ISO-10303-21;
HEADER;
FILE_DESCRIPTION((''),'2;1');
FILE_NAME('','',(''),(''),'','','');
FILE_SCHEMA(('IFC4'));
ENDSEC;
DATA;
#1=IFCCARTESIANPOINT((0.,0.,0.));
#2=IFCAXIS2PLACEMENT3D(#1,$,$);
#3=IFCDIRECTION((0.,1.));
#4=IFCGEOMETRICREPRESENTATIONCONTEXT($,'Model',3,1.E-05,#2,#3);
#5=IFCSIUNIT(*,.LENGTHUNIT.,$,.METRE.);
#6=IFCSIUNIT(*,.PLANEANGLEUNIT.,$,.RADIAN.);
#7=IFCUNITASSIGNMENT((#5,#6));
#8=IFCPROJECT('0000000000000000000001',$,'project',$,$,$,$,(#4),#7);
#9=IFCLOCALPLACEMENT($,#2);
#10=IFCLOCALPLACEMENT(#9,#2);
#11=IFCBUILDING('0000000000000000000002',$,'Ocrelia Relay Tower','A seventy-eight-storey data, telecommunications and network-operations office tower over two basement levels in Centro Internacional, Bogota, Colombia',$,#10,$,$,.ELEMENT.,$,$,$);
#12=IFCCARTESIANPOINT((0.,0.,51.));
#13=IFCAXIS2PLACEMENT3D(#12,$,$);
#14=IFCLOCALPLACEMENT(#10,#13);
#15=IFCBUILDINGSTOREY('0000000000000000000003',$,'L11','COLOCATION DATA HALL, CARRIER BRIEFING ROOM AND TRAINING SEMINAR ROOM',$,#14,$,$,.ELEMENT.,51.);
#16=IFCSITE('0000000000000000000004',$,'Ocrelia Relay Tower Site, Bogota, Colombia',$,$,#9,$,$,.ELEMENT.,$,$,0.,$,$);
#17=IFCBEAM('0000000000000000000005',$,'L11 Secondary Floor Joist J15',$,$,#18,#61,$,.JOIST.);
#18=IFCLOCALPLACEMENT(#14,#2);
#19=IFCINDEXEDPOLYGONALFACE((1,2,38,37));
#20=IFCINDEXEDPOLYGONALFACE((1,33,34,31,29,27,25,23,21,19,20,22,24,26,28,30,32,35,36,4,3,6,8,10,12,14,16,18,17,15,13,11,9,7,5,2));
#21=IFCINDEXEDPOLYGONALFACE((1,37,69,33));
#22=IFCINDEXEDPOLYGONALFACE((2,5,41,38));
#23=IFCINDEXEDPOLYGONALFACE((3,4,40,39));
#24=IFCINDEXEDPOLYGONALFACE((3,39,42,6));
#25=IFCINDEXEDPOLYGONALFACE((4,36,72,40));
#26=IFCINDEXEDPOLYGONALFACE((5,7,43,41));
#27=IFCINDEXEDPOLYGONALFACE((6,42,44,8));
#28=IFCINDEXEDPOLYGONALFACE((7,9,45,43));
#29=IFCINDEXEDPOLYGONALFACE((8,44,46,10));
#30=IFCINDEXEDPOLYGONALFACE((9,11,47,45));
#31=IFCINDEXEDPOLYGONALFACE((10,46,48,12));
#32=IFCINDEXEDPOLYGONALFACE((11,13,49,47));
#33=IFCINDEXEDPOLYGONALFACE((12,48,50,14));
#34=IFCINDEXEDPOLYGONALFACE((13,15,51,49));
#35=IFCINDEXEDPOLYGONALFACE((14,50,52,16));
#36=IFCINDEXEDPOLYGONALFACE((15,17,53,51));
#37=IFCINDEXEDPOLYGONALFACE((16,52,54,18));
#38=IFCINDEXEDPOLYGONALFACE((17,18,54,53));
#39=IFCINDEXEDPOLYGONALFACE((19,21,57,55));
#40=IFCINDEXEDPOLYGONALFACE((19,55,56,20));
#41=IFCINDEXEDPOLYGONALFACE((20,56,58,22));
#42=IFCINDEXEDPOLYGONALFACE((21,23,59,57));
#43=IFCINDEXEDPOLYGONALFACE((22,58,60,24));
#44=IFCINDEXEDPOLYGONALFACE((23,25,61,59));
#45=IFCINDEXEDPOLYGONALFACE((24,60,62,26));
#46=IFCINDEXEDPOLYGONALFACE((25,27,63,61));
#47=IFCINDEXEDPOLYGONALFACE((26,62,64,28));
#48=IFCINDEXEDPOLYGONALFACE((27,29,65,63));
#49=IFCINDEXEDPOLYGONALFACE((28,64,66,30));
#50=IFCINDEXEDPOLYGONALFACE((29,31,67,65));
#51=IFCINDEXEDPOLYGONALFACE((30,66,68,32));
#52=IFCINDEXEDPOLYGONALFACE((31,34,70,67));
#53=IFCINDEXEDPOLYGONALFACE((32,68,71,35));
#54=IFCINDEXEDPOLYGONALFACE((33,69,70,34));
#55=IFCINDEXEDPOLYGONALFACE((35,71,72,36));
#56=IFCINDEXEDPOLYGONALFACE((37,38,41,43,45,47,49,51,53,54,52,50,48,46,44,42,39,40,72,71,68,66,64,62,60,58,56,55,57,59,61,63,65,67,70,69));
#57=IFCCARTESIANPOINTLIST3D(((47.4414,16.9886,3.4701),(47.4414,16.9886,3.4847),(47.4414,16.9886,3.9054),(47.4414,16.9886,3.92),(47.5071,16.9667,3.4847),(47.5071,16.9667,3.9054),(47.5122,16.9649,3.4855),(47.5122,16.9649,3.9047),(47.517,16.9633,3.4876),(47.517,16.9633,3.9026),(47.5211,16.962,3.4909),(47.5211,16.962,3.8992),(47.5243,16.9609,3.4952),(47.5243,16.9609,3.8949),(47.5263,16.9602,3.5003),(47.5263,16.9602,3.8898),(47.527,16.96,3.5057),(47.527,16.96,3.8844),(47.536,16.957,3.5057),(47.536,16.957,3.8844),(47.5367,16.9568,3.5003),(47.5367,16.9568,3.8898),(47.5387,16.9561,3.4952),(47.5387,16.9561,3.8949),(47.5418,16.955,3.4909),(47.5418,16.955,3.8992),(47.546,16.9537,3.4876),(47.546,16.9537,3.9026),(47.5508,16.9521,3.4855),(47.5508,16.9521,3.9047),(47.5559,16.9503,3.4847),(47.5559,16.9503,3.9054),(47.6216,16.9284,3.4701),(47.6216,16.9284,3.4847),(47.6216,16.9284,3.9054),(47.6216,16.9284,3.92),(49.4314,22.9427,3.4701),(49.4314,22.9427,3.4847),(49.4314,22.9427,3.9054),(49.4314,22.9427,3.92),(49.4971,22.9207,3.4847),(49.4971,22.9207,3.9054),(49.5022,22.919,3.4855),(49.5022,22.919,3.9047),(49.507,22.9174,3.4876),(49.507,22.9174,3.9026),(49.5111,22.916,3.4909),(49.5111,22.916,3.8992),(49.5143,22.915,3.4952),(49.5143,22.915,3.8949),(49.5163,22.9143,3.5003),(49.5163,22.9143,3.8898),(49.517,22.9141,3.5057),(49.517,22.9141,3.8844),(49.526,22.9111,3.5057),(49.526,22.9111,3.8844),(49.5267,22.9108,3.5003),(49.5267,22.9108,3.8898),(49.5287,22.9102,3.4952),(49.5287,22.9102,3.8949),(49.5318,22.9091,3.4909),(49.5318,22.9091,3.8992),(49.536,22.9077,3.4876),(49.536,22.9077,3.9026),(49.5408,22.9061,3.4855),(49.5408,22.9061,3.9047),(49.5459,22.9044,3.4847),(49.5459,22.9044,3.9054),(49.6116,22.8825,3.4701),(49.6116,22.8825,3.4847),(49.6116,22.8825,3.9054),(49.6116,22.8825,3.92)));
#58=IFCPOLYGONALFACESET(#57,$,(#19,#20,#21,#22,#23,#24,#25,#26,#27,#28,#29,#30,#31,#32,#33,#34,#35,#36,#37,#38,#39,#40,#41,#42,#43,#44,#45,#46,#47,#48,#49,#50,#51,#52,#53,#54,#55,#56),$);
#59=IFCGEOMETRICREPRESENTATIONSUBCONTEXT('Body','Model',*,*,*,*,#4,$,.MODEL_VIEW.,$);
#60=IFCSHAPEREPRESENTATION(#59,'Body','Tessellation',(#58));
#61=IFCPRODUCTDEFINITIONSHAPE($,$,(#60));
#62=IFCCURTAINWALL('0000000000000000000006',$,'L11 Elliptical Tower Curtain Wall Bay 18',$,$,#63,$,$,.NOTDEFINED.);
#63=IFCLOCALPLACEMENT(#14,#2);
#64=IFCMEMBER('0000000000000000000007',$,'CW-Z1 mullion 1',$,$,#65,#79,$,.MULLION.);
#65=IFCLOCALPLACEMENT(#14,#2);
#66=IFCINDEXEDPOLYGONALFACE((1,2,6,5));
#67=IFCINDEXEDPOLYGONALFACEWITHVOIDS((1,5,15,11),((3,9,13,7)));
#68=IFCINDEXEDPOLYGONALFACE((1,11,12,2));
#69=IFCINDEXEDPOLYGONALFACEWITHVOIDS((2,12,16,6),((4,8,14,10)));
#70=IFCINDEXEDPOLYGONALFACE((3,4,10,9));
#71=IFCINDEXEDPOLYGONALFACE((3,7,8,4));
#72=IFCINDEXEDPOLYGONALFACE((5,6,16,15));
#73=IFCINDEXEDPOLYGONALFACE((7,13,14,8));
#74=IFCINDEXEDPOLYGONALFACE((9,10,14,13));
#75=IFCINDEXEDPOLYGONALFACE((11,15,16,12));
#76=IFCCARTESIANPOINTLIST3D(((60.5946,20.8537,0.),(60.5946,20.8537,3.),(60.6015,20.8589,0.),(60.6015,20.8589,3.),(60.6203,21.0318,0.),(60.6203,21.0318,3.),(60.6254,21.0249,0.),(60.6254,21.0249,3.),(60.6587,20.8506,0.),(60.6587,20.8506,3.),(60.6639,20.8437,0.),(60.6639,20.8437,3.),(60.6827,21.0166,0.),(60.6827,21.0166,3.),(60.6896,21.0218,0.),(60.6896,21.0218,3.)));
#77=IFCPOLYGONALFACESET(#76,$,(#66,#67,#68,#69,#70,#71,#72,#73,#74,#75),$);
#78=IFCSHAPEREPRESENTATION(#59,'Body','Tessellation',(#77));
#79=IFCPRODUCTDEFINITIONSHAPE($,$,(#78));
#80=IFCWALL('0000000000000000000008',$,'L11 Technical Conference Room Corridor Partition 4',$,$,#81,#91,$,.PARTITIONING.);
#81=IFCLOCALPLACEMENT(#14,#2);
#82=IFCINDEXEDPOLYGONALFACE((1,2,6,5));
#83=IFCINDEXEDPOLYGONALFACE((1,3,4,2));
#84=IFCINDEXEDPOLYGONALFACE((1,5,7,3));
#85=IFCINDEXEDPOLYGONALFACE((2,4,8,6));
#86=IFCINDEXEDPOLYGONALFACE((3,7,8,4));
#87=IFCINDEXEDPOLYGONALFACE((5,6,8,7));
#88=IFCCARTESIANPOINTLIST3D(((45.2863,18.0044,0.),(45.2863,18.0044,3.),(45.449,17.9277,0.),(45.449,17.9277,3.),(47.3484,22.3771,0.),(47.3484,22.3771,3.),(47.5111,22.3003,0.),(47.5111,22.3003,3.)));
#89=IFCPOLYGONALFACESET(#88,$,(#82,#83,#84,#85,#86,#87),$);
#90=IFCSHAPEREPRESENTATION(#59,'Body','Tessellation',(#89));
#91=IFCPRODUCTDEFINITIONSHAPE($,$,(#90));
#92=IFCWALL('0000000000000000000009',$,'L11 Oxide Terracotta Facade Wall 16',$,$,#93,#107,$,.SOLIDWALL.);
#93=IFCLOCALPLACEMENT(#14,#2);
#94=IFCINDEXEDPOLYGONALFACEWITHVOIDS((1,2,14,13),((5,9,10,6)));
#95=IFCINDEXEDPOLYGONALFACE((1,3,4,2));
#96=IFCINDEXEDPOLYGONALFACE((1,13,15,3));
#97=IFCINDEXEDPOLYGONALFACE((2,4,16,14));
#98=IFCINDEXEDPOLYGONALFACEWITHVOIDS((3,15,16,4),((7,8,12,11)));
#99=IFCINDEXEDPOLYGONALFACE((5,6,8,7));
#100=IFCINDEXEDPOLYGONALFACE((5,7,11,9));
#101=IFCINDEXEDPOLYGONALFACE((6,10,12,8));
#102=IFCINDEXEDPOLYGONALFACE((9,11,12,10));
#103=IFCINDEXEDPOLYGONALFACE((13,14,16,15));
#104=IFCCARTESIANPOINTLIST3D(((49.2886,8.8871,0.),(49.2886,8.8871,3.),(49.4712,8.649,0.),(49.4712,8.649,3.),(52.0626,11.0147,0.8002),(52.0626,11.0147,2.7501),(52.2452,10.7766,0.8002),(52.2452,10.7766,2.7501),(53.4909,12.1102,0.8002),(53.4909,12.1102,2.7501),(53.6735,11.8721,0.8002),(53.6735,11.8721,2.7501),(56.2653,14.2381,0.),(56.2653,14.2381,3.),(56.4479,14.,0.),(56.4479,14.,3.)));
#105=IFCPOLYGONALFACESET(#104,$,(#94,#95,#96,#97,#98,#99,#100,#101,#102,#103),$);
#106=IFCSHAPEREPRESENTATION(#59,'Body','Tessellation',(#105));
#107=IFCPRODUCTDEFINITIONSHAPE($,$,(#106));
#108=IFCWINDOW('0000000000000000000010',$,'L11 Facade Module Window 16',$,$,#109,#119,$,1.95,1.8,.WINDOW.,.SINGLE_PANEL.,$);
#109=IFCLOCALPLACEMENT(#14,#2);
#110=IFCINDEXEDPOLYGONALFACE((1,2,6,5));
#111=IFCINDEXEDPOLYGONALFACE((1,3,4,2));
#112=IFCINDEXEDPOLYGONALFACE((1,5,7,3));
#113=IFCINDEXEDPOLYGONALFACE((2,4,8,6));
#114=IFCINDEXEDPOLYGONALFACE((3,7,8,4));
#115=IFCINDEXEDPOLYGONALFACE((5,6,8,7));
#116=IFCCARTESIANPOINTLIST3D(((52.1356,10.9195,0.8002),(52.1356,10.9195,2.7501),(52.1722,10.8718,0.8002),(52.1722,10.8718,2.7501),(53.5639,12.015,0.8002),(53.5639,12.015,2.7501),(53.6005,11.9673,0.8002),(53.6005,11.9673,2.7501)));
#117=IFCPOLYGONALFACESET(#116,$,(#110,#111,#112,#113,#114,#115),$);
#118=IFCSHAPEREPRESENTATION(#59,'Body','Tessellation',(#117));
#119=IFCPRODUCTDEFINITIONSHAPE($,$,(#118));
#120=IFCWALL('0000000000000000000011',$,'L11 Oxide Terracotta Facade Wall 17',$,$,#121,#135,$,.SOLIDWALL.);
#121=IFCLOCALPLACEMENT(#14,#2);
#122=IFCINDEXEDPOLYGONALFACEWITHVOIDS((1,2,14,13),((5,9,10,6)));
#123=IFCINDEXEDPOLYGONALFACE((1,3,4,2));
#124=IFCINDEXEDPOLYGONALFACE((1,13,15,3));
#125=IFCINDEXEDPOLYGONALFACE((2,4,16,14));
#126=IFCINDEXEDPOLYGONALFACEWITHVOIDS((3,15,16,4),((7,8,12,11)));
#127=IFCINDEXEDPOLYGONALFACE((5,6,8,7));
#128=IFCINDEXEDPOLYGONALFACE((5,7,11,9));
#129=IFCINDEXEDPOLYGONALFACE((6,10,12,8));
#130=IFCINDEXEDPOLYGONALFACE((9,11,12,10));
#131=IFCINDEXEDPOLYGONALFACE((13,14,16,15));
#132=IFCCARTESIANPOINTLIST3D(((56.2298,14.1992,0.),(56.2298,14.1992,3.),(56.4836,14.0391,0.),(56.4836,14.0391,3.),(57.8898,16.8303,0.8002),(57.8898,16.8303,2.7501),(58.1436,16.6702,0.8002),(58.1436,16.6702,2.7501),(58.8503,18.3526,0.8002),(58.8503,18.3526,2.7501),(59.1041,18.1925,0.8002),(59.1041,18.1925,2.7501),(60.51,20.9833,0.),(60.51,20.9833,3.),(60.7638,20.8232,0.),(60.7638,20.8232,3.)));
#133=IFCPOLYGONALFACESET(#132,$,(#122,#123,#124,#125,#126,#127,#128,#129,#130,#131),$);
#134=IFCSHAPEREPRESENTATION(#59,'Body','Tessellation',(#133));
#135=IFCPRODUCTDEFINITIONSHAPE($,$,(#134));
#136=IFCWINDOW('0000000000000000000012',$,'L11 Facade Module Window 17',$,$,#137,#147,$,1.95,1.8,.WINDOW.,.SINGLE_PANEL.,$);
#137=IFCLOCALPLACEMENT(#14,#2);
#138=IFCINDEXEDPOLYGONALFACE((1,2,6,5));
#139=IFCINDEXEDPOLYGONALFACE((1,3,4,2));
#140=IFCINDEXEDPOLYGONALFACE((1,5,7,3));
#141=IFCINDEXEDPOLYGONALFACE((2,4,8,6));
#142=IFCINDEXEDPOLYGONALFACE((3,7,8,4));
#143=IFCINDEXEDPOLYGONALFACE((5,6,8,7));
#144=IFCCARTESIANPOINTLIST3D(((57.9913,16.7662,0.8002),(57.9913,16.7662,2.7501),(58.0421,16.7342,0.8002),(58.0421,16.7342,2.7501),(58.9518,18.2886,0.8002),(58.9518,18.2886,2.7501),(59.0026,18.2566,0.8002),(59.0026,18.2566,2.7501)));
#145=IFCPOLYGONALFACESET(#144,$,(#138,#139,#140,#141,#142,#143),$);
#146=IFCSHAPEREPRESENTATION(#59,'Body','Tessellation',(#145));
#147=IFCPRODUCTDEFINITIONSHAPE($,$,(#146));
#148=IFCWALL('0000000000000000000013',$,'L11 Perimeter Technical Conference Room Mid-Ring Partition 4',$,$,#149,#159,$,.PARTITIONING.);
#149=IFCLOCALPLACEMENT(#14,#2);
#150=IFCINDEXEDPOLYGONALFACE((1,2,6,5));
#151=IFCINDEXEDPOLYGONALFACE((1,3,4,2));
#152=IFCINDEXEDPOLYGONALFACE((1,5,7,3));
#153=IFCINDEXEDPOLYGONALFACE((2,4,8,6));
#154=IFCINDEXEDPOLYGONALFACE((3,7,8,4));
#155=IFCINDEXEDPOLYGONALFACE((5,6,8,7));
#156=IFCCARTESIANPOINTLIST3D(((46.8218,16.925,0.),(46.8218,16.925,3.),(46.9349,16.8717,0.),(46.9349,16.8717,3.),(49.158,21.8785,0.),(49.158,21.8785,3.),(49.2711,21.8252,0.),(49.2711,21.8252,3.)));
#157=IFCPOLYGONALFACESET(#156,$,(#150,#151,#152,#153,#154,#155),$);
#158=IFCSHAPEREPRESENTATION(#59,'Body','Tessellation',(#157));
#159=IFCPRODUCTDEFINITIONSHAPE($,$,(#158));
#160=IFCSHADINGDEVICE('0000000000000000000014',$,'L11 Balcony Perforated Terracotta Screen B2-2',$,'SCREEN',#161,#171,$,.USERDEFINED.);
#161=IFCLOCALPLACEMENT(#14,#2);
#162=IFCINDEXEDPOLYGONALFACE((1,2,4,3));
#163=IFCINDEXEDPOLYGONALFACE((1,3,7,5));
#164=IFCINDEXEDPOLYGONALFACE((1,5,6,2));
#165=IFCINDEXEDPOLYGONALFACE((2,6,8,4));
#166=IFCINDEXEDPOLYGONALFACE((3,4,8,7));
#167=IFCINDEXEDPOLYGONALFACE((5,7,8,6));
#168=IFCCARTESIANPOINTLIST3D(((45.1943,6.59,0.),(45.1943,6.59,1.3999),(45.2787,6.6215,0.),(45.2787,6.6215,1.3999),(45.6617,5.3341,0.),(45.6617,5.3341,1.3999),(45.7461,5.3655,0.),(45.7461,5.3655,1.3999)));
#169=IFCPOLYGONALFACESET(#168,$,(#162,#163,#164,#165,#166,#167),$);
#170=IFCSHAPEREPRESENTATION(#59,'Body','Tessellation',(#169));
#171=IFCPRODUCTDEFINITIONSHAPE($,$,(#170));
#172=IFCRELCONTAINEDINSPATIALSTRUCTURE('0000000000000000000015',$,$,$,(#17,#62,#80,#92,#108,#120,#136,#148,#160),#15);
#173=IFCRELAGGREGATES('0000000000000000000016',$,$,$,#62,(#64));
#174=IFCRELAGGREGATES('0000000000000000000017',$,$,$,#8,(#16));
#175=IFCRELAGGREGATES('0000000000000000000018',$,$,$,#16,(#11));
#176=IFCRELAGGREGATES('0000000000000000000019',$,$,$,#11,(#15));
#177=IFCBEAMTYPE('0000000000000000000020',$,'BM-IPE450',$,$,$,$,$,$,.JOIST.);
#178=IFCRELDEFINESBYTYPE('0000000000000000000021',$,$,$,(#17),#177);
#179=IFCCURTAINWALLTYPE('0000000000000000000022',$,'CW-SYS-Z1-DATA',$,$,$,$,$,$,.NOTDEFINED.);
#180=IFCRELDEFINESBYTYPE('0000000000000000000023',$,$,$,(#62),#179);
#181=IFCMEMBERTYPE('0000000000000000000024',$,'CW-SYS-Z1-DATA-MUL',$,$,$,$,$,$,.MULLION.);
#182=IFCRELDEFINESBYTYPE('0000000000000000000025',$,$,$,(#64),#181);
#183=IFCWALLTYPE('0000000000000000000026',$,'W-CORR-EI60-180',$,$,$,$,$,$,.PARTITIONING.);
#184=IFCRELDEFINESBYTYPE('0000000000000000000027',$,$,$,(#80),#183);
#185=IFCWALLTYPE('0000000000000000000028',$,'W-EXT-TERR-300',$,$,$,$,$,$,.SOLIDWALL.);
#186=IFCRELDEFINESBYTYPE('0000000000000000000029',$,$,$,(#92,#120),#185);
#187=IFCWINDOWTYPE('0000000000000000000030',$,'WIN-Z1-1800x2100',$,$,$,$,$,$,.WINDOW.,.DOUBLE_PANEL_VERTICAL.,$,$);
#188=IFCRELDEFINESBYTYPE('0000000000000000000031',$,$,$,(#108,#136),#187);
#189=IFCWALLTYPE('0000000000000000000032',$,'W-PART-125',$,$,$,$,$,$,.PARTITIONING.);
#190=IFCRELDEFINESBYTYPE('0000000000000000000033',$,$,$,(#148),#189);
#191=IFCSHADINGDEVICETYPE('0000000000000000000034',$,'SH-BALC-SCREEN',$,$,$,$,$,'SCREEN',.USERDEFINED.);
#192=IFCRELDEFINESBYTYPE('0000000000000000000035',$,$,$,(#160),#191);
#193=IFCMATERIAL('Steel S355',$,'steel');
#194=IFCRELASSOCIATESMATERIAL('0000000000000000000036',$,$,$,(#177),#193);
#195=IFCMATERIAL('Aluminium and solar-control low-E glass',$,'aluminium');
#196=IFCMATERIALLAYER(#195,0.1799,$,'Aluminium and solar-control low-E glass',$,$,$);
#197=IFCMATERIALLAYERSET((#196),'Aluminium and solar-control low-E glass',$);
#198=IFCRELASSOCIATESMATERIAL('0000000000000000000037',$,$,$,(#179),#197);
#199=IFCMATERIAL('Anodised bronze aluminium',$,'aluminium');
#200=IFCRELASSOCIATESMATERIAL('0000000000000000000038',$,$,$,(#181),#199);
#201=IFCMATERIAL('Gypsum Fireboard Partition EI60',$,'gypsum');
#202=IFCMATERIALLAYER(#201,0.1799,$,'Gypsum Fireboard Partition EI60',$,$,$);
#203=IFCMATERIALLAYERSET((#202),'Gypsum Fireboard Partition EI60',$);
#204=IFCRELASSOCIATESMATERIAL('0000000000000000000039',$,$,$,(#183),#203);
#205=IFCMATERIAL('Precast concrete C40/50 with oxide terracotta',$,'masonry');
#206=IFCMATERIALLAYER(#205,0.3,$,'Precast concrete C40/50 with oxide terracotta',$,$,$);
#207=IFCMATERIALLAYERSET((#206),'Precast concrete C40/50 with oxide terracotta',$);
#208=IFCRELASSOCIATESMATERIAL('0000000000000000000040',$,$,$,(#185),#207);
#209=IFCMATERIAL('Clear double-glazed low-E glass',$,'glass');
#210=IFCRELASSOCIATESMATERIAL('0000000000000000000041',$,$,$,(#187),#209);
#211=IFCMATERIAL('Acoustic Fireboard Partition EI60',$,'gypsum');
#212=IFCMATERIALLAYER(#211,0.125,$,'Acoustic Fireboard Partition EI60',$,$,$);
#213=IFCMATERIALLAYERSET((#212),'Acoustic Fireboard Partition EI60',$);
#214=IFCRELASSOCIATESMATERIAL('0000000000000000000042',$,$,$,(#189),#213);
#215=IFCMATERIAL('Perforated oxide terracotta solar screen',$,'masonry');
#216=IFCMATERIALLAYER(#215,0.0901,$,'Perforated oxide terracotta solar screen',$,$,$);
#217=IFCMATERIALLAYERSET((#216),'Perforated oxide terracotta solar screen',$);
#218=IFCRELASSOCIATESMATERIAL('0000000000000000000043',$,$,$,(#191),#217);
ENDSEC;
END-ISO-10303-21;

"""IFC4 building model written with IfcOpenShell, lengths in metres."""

from ifc_helpers import new_model, si_unit, direction, frame, frame_2d, origin, origin_2d, place, context, subcontext, project, spatial, rectangle, hollow_rectangle, i_section, extrude, material, layer, layer_set, material_profile, profile_set, type_object, element, fill, aggregate, save


model = new_model("IFC4")

# Units and contexts
model_context = context("Model", 3, precision=1e-05, world=origin(), true_north=direction((0.0, 1.0)))
body_context = subcontext(model_context, "Body", "Model", "MODEL_VIEW")
ifc_project = project(units=[si_unit("LENGTHUNIT", "METRE"), si_unit("PLANEANGLEUNIT", "RADIAN")], contexts=[model_context])

# Site, building, storey
site_placement = place(None, origin())
site = spatial("IfcSite", under=ifc_project, at=site_placement, Name="Ocrelia Relay Tower Site, Bogota, Colombia", CompositionType="ELEMENT", RefElevation=0.0)
building_placement = place(site_placement, origin())
building = spatial("IfcBuilding", under=site, at=building_placement, Name="Ocrelia Relay Tower", Description="A seventy-eight-storey data, telecommunications and network-operations office tower over two basement levels in Centro Internacional, Bogota, Colombia", CompositionType="ELEMENT")
storey_placement = place(building_placement, frame((0.0, 0.0, 51.0)))
storey = spatial("IfcBuildingStorey", under=building, at=storey_placement, Name="L11", Description="COLOCATION DATA HALL, CARRIER BRIEFING ROOM AND TRAINING SEMINAR ROOM", CompositionType="ELEMENT", Elevation=51.0)

# Beam
ifc_material_1 = material(Name="Steel S355", Category="steel")
ifc_material_profile_1 = material_profile(ifc_material_1, i_section(OverallWidth=0.1899, OverallDepth=0.45, WebThickness=0.0095, FlangeThickness=0.0146, FilletRadius=0.021, at=origin_2d()), Name="IPE 450")
ifc_profile_set_1 = profile_set([ifc_material_profile_1], Name="Steel S355")
beam_type_1 = type_object("IfcBeamType", Name="BM-IPE450", PredefinedType="JOIST", material=ifc_profile_set_1)
beam_1_placement = place(storey_placement, frame((47.5315, 16.9585, 3.6951), z_axis=(0.316986, 0.94843, 0.0), x_axis=(-0.94843, 0.316986, 0.0)))
element("IfcBeam", 1, at=beam_1_placement, inside=storey, type_object=beam_type_1, Name="L11 Secondary Floor Joist J15", PredefinedType="JOIST", context=body_context, shape_type="SweptSolid", body=[
    extrude(i_section(OverallWidth=0.1899, OverallDepth=0.45, WebThickness=0.0095, FlangeThickness=0.0146, FilletRadius=0.021, at=origin_2d()), origin(), (0.0, 0.0, 1.0), 6.2778),
])

# Curtain wall, member
ifc_material_2 = material(Name="Aluminium and solar-control low-E glass", Category="aluminium")
ifc_layer_1 = layer(ifc_material_2, 0.1799, Name="Aluminium and solar-control low-E glass")
ifc_layer_set_1 = layer_set([ifc_layer_1], Name="Aluminium and solar-control low-E glass")
curtain_wall_type = type_object("IfcCurtainWallType", Name="CW-SYS-Z1-DATA", PredefinedType="NOTDEFINED", material=ifc_layer_set_1)
curtain_wall_placement = place(storey_placement, origin())
curtain_wall = element("IfcCurtainWall", 2, at=curtain_wall_placement, inside=storey, type_object=curtain_wall_type, Name="L11 Elliptical Tower Curtain Wall Bay 18", PredefinedType="NOTDEFINED")
ifc_material_3 = material(Name="Anodised bronze aluminium", Category="aluminium")
ifc_material_profile_2 = material_profile(ifc_material_3, hollow_rectangle(XDim=0.0701, YDim=0.1799, WallThickness=0.0061, at=origin_2d()), Name="CW-MUL-180x70")
ifc_profile_set_2 = profile_set([ifc_material_profile_2], Name="Anodised bronze aluminium")
member_type = type_object("IfcMemberType", Name="CW-SYS-Z1-DATA-MUL", PredefinedType="MULLION", material=ifc_profile_set_2)
member_placement = place(storey_placement, frame((60.6421, 20.9377, 0.0), z_axis=(0.0, 0.0, 1.0), x_axis=(-0.989752, 0.1428, 0.0)))
member = element("IfcMember", 3, at=member_placement, type_object=member_type, Name="CW-Z1 mullion 1", PredefinedType="MULLION", context=body_context, shape_type="SweptSolid", body=[
    extrude(hollow_rectangle(XDim=0.0701, YDim=0.1799, WallThickness=0.0061, at=origin_2d()), origin(), (0.0, 0.0, 1.0), 3.0),
])
aggregate(curtain_wall, [member])

# Wall
ifc_material_4 = material(Name="Gypsum Fireboard Partition EI60", Category="gypsum")
ifc_layer_2 = layer(ifc_material_4, 0.1799, Name="Gypsum Fireboard Partition EI60")
ifc_layer_set_2 = layer_set([ifc_layer_2], Name="Gypsum Fireboard Partition EI60")
wall_type_1 = type_object("IfcWallType", Name="W-CORR-EI60-180", PredefinedType="PARTITIONING", material=ifc_layer_set_2)
wall_1_placement = place(storey_placement, frame((45.3677, 17.9661, 0.0), z_axis=(0.0, 0.0, 1.0), x_axis=(0.426531, 0.904473, 0.0)))
element("IfcWall", 4, at=wall_1_placement, inside=storey, type_object=wall_type_1, Name="L11 Technical Conference Room Corridor Partition 4", PredefinedType="PARTITIONING", context=body_context, shape_type="SweptSolid", body=[
    extrude(rectangle(XDim=4.8345, YDim=0.1799, at=frame_2d((2.4172, 0.0))), origin(), (0.0, 0.0, 1.0), 3.0),
])

# Walls, openings, windows
ifc_material_5 = material(Name="Precast concrete C40/50 with oxide terracotta", Category="masonry")
ifc_layer_3 = layer(ifc_material_5, 0.3, Name="Precast concrete C40/50 with oxide terracotta")
ifc_layer_set_3 = layer_set([ifc_layer_3], Name="Precast concrete C40/50 with oxide terracotta")
wall_type_2 = type_object("IfcWallType", Name="W-EXT-TERR-300", PredefinedType="SOLIDWALL", material=ifc_layer_set_3)
wall_2_placement = place(storey_placement, frame((49.3799, 8.7681, 0.0), z_axis=(0.0, 0.0, 1.0), x_axis=(0.793486, 0.608588, 0.0)))
wall_2 = element("IfcWall", 5, at=wall_2_placement, inside=storey, type_object=wall_type_2, Name="L11 Oxide Terracotta Facade Wall 16", PredefinedType="SOLIDWALL", context=body_context, shape_type="SweptSolid", body=[
    extrude(rectangle(XDim=8.7925, YDim=0.3, at=frame_2d((4.3962, 0.0))), origin(), (0.0, 0.0, 1.0), 3.0),
])
opening_1_placement = place(wall_2_placement, frame((3.4961, 0.0, 0.8)))
opening_1 = element("IfcOpeningElement", 6, at=opening_1_placement, cuts=wall_2, PredefinedType="OPENING", context=body_context, shape_type="SweptSolid", body=[
    extrude(rectangle(XDim=1.8, YDim=1.95, at=frame_2d((0.8999, 0.9751))), frame((0.0, 0.1602, 0.0), z_axis=(0.0, -1.0, 0.0), x_axis=(1.0, 0.0, 0.0)), (0.0, 0.0, 1.0), 0.3201),
])
ifc_material_6 = material(Name="Clear double-glazed low-E glass", Category="glass")
window_type = type_object("IfcWindowType", Name="WIN-Z1-1800x2100", PartitioningType="DOUBLE_PANEL_VERTICAL", PredefinedType="WINDOW", material=ifc_material_6)
window_1_placement = place(opening_1_placement, origin())
window_1 = element("IfcWindow", 7, at=window_1_placement, inside=storey, type_object=window_type, Name="L11 Facade Module Window 16", OverallHeight=1.95, OverallWidth=1.8, PartitioningType="SINGLE_PANEL", PredefinedType="WINDOW", context=body_context, shape_type="SweptSolid", body=[
    extrude(rectangle(XDim=1.8, YDim=1.95, at=frame_2d((0.8999, 0.9751))), frame((0.0, 0.03, 0.0), z_axis=(0.0, -1.0, 0.0), x_axis=(1.0, 0.0, 0.0)), (0.0, 0.0, 1.0), 0.0601),
])
fill(opening_1, window_1)
wall_3_placement = place(storey_placement, frame((56.3567, 14.1191, 0.0), z_axis=(0.0, 0.0, 1.0), x_axis=(0.533594, 0.84574, 0.0)))
wall_3 = element("IfcWall", 8, at=wall_3_placement, inside=storey, type_object=wall_type_2, Name="L11 Oxide Terracotta Facade Wall 17", PredefinedType="SOLIDWALL", context=body_context, shape_type="SweptSolid", body=[
    extrude(rectangle(XDim=8.0215, YDim=0.3, at=frame_2d((4.0107, 0.0))), origin(), (0.0, 0.0, 1.0), 3.0),
])
opening_2_placement = place(wall_3_placement, frame((3.1111, 0.0, 0.8)))
opening_2 = element("IfcOpeningElement", 9, at=opening_2_placement, cuts=wall_3, PredefinedType="OPENING", context=body_context, shape_type="SweptSolid", body=[
    extrude(rectangle(XDim=1.8, YDim=1.95, at=frame_2d((0.8999, 0.9751))), frame((0.0, 0.1602, 0.0), z_axis=(0.0, -1.0, 0.0), x_axis=(1.0, 0.0, 0.0)), (0.0, 0.0, 1.0), 0.3201),
])
window_2_placement = place(opening_2_placement, origin())
window_2 = element("IfcWindow", 10, at=window_2_placement, inside=storey, type_object=window_type, Name="L11 Facade Module Window 17", OverallHeight=1.95, OverallWidth=1.8, PartitioningType="SINGLE_PANEL", PredefinedType="WINDOW", context=body_context, shape_type="SweptSolid", body=[
    extrude(rectangle(XDim=1.8, YDim=1.95, at=frame_2d((0.8999, 0.9751))), frame((0.0, 0.03, 0.0), z_axis=(0.0, -1.0, 0.0), x_axis=(1.0, 0.0, 0.0)), (0.0, 0.0, 1.0), 0.0601),
])
fill(opening_2, window_2)

# Wall
ifc_material_7 = material(Name="Acoustic Fireboard Partition EI60", Category="gypsum")
ifc_layer_4 = layer(ifc_material_7, 0.125, Name="Acoustic Fireboard Partition EI60")
ifc_layer_set_4 = layer_set([ifc_layer_4], Name="Acoustic Fireboard Partition EI60")
wall_type_3 = type_object("IfcWallType", Name="W-PART-125", PredefinedType="PARTITIONING", material=ifc_layer_set_4)
wall_4_placement = place(storey_placement, frame((46.8784, 16.8984, 0.0), z_axis=(0.0, 0.0, 1.0), x_axis=(0.426555, 0.904462, 0.0)))
element("IfcWall", 11, at=wall_4_placement, inside=storey, type_object=wall_type_3, Name="L11 Perimeter Technical Conference Room Mid-Ring Partition 4", PredefinedType="PARTITIONING", context=body_context, shape_type="SweptSolid", body=[
    extrude(rectangle(XDim=5.4768, YDim=0.125, at=frame_2d((2.7383, 0.0))), origin(), (0.0, 0.0, 1.0), 3.0),
])

# Shading device
ifc_material_8 = material(Name="Perforated oxide terracotta solar screen", Category="masonry")
ifc_layer_5 = layer(ifc_material_8, 0.0901, Name="Perforated oxide terracotta solar screen")
ifc_layer_set_5 = layer_set([ifc_layer_5], Name="Perforated oxide terracotta solar screen")
shading_device_type_1 = type_object("IfcShadingDeviceType", Name="SH-BALC-SCREEN", ElementType="SCREEN", PredefinedType="USERDEFINED", material=ifc_layer_set_5)
shading_device_1_placement = place(storey_placement, frame((45.4702, 5.9778, 0.0), z_axis=(0.0, 0.0, 1.0), x_axis=(0.348786, -0.937202, 0.0)))
element("IfcShadingDevice", 12, at=shading_device_1_placement, inside=storey, type_object=shading_device_type_1, Name="L11 Balcony Perforated Terracotta Screen B2-2", ObjectType="SCREEN", PredefinedType="USERDEFINED", context=body_context, shape_type="SweptSolid", body=[
    extrude(rectangle(XDim=1.3401, YDim=0.0901, at=origin_2d()), origin(), (0.0, 0.0, 1.0), 1.3999),
])

save(model, "model.ifc")
